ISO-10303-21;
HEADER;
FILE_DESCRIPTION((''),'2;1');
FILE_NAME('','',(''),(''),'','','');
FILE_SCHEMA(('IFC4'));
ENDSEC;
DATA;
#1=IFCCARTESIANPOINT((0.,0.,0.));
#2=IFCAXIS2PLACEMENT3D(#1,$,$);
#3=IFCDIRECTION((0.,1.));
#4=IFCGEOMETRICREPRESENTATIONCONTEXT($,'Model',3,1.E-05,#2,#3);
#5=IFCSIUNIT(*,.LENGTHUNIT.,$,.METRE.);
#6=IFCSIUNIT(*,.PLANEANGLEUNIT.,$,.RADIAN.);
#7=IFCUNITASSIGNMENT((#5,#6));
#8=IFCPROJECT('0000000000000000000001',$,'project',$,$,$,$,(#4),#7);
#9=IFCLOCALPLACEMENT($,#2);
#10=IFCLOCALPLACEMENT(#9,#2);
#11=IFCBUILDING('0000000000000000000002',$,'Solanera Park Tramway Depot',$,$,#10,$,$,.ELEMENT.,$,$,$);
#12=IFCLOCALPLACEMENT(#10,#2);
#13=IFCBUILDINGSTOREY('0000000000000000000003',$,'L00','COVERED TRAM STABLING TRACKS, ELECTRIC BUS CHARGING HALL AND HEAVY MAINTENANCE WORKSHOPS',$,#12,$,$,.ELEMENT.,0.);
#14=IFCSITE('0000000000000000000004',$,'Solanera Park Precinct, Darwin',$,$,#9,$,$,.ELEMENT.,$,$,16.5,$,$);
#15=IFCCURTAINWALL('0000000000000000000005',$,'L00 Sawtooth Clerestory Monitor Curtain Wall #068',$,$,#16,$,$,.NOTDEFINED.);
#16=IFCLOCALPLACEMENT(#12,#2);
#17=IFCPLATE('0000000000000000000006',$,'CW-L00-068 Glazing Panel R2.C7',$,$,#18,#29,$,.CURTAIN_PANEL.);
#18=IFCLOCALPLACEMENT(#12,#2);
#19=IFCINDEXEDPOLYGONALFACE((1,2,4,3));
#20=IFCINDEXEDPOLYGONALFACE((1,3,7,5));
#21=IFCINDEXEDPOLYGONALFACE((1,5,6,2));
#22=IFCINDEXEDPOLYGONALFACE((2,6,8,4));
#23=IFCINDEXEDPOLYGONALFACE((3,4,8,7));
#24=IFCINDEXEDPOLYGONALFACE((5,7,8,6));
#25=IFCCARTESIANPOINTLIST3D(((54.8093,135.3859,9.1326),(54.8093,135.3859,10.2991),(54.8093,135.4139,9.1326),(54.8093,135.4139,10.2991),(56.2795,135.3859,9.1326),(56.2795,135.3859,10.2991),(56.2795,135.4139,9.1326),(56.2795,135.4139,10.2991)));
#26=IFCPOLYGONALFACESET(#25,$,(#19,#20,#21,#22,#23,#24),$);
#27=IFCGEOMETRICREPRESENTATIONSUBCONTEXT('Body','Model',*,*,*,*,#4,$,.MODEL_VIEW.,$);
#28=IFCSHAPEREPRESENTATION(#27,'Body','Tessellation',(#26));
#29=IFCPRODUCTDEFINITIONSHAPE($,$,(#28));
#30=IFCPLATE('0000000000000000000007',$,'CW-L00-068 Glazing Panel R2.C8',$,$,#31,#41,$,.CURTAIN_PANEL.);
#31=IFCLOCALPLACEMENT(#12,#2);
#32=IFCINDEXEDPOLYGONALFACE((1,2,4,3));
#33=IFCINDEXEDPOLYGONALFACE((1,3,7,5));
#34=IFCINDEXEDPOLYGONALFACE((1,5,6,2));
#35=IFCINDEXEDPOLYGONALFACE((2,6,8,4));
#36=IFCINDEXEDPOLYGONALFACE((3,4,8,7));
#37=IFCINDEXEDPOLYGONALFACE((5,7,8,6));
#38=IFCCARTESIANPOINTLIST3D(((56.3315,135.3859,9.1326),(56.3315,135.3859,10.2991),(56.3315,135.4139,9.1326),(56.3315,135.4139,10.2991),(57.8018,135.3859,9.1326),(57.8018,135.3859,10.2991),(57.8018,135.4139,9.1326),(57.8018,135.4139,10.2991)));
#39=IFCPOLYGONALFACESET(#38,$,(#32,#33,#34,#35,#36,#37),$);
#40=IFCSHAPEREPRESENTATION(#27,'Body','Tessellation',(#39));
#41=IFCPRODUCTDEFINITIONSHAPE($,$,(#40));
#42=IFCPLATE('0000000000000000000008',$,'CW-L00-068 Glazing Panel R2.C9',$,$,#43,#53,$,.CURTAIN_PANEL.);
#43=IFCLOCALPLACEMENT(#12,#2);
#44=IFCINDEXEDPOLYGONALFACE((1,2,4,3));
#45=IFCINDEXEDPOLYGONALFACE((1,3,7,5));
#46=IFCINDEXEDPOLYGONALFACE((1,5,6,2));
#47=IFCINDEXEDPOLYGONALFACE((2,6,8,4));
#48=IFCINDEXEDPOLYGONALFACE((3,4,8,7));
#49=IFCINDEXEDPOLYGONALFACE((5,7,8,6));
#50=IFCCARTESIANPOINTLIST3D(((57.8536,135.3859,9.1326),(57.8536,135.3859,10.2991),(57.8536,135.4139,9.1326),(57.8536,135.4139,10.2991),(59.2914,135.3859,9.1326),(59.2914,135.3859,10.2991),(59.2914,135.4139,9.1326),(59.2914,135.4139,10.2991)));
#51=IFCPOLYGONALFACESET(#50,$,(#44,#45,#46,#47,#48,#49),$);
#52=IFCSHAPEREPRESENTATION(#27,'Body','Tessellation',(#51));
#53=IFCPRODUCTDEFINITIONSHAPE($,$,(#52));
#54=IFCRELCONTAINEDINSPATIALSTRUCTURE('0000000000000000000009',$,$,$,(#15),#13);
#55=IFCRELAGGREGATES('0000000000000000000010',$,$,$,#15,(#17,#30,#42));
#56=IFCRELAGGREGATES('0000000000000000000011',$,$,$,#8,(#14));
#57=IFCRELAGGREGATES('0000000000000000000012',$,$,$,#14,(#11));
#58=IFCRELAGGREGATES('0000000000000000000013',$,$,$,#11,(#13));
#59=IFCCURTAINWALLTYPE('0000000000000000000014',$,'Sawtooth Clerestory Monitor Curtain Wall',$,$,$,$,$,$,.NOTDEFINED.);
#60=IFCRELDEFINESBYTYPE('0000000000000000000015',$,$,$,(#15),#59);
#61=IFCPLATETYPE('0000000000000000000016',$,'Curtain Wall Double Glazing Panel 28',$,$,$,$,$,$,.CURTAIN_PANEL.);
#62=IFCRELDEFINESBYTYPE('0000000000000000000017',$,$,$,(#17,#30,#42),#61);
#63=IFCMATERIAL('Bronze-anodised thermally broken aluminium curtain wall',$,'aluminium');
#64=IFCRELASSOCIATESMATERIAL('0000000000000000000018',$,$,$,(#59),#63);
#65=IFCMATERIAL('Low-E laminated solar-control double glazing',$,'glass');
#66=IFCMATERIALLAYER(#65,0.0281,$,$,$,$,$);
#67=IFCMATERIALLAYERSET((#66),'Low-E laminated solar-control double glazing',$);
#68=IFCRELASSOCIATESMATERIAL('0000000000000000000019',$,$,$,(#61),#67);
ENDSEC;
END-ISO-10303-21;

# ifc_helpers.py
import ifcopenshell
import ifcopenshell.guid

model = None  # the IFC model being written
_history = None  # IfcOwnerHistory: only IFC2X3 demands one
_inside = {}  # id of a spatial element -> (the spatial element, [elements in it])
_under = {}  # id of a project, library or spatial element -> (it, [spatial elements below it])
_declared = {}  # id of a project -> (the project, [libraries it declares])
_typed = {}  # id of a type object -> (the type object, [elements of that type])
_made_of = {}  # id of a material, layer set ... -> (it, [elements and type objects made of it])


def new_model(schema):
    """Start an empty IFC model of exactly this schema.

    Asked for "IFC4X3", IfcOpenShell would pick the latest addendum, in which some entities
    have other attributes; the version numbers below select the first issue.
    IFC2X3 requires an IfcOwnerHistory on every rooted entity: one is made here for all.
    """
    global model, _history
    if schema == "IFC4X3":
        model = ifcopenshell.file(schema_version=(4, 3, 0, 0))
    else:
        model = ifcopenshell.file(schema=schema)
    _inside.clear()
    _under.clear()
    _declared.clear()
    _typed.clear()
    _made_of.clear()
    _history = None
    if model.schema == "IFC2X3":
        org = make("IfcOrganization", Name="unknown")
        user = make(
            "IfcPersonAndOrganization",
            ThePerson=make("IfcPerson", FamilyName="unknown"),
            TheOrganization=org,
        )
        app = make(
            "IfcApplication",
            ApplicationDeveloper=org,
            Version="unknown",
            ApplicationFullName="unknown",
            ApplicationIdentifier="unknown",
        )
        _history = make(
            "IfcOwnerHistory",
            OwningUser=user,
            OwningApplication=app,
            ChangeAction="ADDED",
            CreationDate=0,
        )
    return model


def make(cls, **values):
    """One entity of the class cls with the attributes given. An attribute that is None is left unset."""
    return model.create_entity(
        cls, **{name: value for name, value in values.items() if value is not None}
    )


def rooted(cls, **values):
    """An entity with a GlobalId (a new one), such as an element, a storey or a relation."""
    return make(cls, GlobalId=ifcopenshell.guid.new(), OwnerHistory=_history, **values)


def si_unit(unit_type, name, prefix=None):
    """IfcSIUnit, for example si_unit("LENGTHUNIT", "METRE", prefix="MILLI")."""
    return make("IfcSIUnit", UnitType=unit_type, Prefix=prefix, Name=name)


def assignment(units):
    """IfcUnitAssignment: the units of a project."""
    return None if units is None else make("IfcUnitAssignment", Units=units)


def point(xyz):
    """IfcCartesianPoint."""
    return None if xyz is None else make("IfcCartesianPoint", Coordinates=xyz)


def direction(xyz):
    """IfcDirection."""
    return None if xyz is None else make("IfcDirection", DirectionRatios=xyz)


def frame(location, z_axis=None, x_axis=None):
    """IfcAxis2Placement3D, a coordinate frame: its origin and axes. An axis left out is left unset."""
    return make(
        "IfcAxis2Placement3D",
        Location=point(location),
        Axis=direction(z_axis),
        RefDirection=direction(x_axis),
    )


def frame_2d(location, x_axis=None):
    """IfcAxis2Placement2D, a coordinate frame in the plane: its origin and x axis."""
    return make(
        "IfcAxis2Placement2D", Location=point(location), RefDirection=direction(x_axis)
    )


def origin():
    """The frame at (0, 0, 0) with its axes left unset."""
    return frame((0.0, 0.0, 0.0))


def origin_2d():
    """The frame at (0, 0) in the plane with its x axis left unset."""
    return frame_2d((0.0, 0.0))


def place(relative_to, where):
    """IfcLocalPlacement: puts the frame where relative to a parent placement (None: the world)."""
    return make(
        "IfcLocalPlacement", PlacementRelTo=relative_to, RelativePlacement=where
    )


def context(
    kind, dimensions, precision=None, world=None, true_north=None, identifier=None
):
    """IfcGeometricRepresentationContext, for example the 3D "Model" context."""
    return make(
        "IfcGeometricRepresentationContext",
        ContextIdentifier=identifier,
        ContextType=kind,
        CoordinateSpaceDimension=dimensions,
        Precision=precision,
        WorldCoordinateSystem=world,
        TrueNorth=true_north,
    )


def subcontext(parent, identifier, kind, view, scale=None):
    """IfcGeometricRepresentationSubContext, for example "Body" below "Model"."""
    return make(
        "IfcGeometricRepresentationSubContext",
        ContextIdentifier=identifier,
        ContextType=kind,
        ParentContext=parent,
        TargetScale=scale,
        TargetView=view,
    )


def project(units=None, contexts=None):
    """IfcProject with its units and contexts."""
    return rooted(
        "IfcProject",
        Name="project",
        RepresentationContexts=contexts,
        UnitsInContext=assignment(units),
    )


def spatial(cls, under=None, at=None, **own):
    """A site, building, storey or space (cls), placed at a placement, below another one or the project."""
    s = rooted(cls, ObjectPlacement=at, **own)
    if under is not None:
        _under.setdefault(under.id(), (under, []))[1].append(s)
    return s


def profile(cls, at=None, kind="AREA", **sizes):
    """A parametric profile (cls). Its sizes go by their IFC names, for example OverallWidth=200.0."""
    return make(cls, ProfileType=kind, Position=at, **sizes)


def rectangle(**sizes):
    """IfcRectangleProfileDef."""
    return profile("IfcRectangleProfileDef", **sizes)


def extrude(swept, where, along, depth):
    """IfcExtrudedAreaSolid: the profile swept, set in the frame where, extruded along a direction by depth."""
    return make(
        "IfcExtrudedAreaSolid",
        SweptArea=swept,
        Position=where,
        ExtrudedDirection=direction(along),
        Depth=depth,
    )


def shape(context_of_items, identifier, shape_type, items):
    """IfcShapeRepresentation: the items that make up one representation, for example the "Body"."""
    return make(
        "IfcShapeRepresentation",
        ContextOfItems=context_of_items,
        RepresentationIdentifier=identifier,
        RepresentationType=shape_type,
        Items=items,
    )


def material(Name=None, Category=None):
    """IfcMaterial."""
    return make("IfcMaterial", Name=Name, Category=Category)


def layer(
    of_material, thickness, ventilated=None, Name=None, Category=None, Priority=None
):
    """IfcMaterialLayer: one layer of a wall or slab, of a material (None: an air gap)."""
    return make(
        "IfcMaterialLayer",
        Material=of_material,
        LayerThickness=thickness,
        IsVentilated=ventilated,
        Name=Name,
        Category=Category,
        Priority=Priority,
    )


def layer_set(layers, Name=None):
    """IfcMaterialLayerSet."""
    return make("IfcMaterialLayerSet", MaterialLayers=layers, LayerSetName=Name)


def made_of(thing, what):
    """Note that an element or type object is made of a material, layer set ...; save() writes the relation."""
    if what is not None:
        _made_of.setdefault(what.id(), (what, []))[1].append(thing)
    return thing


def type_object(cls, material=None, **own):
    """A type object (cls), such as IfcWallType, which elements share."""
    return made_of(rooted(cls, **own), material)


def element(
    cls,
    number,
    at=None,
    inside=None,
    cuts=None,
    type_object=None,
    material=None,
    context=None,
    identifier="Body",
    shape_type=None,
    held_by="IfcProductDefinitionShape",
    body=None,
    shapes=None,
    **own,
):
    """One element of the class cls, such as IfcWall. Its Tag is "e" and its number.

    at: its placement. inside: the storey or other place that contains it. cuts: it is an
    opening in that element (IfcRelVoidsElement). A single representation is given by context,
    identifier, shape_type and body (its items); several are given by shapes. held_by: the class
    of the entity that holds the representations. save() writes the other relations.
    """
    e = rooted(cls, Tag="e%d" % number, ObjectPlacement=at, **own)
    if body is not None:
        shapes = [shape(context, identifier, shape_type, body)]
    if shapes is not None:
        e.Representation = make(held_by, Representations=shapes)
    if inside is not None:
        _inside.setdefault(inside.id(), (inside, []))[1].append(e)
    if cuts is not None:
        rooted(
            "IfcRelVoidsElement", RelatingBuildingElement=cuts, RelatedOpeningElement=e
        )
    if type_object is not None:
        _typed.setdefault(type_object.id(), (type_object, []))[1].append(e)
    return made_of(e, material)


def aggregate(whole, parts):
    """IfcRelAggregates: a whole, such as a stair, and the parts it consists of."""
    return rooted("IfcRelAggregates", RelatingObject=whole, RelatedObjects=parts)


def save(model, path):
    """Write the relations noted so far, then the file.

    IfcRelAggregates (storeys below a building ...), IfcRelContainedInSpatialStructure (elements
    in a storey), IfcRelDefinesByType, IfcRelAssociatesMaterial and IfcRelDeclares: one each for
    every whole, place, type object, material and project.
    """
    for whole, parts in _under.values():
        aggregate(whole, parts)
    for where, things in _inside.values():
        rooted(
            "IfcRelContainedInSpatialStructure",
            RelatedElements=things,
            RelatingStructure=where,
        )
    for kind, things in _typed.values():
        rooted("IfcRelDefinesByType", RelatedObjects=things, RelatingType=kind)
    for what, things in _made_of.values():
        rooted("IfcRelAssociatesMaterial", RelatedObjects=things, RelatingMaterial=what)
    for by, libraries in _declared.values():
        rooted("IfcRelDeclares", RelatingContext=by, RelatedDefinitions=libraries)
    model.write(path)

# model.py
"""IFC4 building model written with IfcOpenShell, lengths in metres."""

from ifc_helpers import new_model, si_unit, direction, frame, origin, origin_2d, place, context, subcontext, project, spatial, rectangle, extrude, material, layer, layer_set, type_object, element, aggregate, save


model = new_model("IFC4")

# Units and contexts
model_context = context("Model", 3, precision=1e-05, world=origin(), true_north=direction((0.0, 1.0)))
body_context = subcontext(model_context, "Body", "Model", "MODEL_VIEW")
ifc_project = project(units=[si_unit("LENGTHUNIT", "METRE"), si_unit("PLANEANGLEUNIT", "RADIAN")], contexts=[model_context])

# Site, building, storey
site_placement = place(None, origin())
site = spatial("IfcSite", under=ifc_project, at=site_placement, Name="Solanera Park Precinct, Darwin", CompositionType="ELEMENT", RefElevation=16.5)
building_placement = place(site_placement, origin())
building = spatial("IfcBuilding", under=site, at=building_placement, Name="Solanera Park Tramway Depot", CompositionType="ELEMENT")
storey_placement = place(building_placement, origin())
storey = spatial("IfcBuildingStorey", under=building, at=storey_placement, Name="L00", Description="COVERED TRAM STABLING TRACKS, ELECTRIC BUS CHARGING HALL AND HEAVY MAINTENANCE WORKSHOPS", CompositionType="ELEMENT", Elevation=0.0)

# Curtain wall, plates
ifc_material_1 = material(Name="Bronze-anodised thermally broken aluminium curtain wall", Category="aluminium")
curtain_wall_type = type_object("IfcCurtainWallType", Name="Sawtooth Clerestory Monitor Curtain Wall", PredefinedType="NOTDEFINED", material=ifc_material_1)
curtain_wall_placement = place(storey_placement, origin())
curtain_wall = element("IfcCurtainWall", 1, at=curtain_wall_placement, inside=storey, type_object=curtain_wall_type, Name="L00 Sawtooth Clerestory Monitor Curtain Wall #068", PredefinedType="NOTDEFINED")
ifc_material_2 = material(Name="Low-E laminated solar-control double glazing", Category="glass")
ifc_layer = layer(ifc_material_2, 0.0281)
ifc_layer_set = layer_set([ifc_layer], Name="Low-E laminated solar-control double glazing")
plate_type = type_object("IfcPlateType", Name="Curtain Wall Double Glazing Panel 28", PredefinedType="CURTAIN_PANEL", material=ifc_layer_set)
plate_1_placement = place(storey_placement, frame((55.5444, 135.3999, 9.1326), z_axis=(0.0, 0.0, 1.0), x_axis=(1.0, 0.0, 0.0)))
plate_1 = element("IfcPlate", 2, at=plate_1_placement, type_object=plate_type, Name="CW-L00-068 Glazing Panel R2.C7", PredefinedType="CURTAIN_PANEL", context=body_context, shape_type="SweptSolid", body=[
    extrude(rectangle(XDim=1.4702, YDim=0.0281, at=origin_2d()), origin(), (0.0, 0.0, 1.0), 1.1665),
])
plate_2_placement = place(storey_placement, frame((57.0667, 135.3999, 9.1326), z_axis=(0.0, 0.0, 1.0), x_axis=(1.0, 0.0, 0.0)))
plate_2 = element("IfcPlate", 3, at=plate_2_placement, type_object=plate_type, Name="CW-L00-068 Glazing Panel R2.C8", PredefinedType="CURTAIN_PANEL", context=body_context, shape_type="SweptSolid", body=[
    extrude(rectangle(XDim=1.4702, YDim=0.0281, at=origin_2d()), origin(), (0.0, 0.0, 1.0), 1.1665),
])
plate_3_placement = place(storey_placement, frame((58.5725, 135.3999, 9.1326), z_axis=(0.0, 0.0, 1.0), x_axis=(1.0, 0.0, 0.0)))
plate_3 = element("IfcPlate", 4, at=plate_3_placement, type_object=plate_type, Name="CW-L00-068 Glazing Panel R2.C9", PredefinedType="CURTAIN_PANEL", context=body_context, shape_type="SweptSolid", body=[
    extrude(rectangle(XDim=1.4377, YDim=0.0281, at=origin_2d()), origin(), (0.0, 0.0, 1.0), 1.1665),
])
aggregate(curtain_wall, [plate_1, plate_2, plate_3])

save(model, "model.ifc")
